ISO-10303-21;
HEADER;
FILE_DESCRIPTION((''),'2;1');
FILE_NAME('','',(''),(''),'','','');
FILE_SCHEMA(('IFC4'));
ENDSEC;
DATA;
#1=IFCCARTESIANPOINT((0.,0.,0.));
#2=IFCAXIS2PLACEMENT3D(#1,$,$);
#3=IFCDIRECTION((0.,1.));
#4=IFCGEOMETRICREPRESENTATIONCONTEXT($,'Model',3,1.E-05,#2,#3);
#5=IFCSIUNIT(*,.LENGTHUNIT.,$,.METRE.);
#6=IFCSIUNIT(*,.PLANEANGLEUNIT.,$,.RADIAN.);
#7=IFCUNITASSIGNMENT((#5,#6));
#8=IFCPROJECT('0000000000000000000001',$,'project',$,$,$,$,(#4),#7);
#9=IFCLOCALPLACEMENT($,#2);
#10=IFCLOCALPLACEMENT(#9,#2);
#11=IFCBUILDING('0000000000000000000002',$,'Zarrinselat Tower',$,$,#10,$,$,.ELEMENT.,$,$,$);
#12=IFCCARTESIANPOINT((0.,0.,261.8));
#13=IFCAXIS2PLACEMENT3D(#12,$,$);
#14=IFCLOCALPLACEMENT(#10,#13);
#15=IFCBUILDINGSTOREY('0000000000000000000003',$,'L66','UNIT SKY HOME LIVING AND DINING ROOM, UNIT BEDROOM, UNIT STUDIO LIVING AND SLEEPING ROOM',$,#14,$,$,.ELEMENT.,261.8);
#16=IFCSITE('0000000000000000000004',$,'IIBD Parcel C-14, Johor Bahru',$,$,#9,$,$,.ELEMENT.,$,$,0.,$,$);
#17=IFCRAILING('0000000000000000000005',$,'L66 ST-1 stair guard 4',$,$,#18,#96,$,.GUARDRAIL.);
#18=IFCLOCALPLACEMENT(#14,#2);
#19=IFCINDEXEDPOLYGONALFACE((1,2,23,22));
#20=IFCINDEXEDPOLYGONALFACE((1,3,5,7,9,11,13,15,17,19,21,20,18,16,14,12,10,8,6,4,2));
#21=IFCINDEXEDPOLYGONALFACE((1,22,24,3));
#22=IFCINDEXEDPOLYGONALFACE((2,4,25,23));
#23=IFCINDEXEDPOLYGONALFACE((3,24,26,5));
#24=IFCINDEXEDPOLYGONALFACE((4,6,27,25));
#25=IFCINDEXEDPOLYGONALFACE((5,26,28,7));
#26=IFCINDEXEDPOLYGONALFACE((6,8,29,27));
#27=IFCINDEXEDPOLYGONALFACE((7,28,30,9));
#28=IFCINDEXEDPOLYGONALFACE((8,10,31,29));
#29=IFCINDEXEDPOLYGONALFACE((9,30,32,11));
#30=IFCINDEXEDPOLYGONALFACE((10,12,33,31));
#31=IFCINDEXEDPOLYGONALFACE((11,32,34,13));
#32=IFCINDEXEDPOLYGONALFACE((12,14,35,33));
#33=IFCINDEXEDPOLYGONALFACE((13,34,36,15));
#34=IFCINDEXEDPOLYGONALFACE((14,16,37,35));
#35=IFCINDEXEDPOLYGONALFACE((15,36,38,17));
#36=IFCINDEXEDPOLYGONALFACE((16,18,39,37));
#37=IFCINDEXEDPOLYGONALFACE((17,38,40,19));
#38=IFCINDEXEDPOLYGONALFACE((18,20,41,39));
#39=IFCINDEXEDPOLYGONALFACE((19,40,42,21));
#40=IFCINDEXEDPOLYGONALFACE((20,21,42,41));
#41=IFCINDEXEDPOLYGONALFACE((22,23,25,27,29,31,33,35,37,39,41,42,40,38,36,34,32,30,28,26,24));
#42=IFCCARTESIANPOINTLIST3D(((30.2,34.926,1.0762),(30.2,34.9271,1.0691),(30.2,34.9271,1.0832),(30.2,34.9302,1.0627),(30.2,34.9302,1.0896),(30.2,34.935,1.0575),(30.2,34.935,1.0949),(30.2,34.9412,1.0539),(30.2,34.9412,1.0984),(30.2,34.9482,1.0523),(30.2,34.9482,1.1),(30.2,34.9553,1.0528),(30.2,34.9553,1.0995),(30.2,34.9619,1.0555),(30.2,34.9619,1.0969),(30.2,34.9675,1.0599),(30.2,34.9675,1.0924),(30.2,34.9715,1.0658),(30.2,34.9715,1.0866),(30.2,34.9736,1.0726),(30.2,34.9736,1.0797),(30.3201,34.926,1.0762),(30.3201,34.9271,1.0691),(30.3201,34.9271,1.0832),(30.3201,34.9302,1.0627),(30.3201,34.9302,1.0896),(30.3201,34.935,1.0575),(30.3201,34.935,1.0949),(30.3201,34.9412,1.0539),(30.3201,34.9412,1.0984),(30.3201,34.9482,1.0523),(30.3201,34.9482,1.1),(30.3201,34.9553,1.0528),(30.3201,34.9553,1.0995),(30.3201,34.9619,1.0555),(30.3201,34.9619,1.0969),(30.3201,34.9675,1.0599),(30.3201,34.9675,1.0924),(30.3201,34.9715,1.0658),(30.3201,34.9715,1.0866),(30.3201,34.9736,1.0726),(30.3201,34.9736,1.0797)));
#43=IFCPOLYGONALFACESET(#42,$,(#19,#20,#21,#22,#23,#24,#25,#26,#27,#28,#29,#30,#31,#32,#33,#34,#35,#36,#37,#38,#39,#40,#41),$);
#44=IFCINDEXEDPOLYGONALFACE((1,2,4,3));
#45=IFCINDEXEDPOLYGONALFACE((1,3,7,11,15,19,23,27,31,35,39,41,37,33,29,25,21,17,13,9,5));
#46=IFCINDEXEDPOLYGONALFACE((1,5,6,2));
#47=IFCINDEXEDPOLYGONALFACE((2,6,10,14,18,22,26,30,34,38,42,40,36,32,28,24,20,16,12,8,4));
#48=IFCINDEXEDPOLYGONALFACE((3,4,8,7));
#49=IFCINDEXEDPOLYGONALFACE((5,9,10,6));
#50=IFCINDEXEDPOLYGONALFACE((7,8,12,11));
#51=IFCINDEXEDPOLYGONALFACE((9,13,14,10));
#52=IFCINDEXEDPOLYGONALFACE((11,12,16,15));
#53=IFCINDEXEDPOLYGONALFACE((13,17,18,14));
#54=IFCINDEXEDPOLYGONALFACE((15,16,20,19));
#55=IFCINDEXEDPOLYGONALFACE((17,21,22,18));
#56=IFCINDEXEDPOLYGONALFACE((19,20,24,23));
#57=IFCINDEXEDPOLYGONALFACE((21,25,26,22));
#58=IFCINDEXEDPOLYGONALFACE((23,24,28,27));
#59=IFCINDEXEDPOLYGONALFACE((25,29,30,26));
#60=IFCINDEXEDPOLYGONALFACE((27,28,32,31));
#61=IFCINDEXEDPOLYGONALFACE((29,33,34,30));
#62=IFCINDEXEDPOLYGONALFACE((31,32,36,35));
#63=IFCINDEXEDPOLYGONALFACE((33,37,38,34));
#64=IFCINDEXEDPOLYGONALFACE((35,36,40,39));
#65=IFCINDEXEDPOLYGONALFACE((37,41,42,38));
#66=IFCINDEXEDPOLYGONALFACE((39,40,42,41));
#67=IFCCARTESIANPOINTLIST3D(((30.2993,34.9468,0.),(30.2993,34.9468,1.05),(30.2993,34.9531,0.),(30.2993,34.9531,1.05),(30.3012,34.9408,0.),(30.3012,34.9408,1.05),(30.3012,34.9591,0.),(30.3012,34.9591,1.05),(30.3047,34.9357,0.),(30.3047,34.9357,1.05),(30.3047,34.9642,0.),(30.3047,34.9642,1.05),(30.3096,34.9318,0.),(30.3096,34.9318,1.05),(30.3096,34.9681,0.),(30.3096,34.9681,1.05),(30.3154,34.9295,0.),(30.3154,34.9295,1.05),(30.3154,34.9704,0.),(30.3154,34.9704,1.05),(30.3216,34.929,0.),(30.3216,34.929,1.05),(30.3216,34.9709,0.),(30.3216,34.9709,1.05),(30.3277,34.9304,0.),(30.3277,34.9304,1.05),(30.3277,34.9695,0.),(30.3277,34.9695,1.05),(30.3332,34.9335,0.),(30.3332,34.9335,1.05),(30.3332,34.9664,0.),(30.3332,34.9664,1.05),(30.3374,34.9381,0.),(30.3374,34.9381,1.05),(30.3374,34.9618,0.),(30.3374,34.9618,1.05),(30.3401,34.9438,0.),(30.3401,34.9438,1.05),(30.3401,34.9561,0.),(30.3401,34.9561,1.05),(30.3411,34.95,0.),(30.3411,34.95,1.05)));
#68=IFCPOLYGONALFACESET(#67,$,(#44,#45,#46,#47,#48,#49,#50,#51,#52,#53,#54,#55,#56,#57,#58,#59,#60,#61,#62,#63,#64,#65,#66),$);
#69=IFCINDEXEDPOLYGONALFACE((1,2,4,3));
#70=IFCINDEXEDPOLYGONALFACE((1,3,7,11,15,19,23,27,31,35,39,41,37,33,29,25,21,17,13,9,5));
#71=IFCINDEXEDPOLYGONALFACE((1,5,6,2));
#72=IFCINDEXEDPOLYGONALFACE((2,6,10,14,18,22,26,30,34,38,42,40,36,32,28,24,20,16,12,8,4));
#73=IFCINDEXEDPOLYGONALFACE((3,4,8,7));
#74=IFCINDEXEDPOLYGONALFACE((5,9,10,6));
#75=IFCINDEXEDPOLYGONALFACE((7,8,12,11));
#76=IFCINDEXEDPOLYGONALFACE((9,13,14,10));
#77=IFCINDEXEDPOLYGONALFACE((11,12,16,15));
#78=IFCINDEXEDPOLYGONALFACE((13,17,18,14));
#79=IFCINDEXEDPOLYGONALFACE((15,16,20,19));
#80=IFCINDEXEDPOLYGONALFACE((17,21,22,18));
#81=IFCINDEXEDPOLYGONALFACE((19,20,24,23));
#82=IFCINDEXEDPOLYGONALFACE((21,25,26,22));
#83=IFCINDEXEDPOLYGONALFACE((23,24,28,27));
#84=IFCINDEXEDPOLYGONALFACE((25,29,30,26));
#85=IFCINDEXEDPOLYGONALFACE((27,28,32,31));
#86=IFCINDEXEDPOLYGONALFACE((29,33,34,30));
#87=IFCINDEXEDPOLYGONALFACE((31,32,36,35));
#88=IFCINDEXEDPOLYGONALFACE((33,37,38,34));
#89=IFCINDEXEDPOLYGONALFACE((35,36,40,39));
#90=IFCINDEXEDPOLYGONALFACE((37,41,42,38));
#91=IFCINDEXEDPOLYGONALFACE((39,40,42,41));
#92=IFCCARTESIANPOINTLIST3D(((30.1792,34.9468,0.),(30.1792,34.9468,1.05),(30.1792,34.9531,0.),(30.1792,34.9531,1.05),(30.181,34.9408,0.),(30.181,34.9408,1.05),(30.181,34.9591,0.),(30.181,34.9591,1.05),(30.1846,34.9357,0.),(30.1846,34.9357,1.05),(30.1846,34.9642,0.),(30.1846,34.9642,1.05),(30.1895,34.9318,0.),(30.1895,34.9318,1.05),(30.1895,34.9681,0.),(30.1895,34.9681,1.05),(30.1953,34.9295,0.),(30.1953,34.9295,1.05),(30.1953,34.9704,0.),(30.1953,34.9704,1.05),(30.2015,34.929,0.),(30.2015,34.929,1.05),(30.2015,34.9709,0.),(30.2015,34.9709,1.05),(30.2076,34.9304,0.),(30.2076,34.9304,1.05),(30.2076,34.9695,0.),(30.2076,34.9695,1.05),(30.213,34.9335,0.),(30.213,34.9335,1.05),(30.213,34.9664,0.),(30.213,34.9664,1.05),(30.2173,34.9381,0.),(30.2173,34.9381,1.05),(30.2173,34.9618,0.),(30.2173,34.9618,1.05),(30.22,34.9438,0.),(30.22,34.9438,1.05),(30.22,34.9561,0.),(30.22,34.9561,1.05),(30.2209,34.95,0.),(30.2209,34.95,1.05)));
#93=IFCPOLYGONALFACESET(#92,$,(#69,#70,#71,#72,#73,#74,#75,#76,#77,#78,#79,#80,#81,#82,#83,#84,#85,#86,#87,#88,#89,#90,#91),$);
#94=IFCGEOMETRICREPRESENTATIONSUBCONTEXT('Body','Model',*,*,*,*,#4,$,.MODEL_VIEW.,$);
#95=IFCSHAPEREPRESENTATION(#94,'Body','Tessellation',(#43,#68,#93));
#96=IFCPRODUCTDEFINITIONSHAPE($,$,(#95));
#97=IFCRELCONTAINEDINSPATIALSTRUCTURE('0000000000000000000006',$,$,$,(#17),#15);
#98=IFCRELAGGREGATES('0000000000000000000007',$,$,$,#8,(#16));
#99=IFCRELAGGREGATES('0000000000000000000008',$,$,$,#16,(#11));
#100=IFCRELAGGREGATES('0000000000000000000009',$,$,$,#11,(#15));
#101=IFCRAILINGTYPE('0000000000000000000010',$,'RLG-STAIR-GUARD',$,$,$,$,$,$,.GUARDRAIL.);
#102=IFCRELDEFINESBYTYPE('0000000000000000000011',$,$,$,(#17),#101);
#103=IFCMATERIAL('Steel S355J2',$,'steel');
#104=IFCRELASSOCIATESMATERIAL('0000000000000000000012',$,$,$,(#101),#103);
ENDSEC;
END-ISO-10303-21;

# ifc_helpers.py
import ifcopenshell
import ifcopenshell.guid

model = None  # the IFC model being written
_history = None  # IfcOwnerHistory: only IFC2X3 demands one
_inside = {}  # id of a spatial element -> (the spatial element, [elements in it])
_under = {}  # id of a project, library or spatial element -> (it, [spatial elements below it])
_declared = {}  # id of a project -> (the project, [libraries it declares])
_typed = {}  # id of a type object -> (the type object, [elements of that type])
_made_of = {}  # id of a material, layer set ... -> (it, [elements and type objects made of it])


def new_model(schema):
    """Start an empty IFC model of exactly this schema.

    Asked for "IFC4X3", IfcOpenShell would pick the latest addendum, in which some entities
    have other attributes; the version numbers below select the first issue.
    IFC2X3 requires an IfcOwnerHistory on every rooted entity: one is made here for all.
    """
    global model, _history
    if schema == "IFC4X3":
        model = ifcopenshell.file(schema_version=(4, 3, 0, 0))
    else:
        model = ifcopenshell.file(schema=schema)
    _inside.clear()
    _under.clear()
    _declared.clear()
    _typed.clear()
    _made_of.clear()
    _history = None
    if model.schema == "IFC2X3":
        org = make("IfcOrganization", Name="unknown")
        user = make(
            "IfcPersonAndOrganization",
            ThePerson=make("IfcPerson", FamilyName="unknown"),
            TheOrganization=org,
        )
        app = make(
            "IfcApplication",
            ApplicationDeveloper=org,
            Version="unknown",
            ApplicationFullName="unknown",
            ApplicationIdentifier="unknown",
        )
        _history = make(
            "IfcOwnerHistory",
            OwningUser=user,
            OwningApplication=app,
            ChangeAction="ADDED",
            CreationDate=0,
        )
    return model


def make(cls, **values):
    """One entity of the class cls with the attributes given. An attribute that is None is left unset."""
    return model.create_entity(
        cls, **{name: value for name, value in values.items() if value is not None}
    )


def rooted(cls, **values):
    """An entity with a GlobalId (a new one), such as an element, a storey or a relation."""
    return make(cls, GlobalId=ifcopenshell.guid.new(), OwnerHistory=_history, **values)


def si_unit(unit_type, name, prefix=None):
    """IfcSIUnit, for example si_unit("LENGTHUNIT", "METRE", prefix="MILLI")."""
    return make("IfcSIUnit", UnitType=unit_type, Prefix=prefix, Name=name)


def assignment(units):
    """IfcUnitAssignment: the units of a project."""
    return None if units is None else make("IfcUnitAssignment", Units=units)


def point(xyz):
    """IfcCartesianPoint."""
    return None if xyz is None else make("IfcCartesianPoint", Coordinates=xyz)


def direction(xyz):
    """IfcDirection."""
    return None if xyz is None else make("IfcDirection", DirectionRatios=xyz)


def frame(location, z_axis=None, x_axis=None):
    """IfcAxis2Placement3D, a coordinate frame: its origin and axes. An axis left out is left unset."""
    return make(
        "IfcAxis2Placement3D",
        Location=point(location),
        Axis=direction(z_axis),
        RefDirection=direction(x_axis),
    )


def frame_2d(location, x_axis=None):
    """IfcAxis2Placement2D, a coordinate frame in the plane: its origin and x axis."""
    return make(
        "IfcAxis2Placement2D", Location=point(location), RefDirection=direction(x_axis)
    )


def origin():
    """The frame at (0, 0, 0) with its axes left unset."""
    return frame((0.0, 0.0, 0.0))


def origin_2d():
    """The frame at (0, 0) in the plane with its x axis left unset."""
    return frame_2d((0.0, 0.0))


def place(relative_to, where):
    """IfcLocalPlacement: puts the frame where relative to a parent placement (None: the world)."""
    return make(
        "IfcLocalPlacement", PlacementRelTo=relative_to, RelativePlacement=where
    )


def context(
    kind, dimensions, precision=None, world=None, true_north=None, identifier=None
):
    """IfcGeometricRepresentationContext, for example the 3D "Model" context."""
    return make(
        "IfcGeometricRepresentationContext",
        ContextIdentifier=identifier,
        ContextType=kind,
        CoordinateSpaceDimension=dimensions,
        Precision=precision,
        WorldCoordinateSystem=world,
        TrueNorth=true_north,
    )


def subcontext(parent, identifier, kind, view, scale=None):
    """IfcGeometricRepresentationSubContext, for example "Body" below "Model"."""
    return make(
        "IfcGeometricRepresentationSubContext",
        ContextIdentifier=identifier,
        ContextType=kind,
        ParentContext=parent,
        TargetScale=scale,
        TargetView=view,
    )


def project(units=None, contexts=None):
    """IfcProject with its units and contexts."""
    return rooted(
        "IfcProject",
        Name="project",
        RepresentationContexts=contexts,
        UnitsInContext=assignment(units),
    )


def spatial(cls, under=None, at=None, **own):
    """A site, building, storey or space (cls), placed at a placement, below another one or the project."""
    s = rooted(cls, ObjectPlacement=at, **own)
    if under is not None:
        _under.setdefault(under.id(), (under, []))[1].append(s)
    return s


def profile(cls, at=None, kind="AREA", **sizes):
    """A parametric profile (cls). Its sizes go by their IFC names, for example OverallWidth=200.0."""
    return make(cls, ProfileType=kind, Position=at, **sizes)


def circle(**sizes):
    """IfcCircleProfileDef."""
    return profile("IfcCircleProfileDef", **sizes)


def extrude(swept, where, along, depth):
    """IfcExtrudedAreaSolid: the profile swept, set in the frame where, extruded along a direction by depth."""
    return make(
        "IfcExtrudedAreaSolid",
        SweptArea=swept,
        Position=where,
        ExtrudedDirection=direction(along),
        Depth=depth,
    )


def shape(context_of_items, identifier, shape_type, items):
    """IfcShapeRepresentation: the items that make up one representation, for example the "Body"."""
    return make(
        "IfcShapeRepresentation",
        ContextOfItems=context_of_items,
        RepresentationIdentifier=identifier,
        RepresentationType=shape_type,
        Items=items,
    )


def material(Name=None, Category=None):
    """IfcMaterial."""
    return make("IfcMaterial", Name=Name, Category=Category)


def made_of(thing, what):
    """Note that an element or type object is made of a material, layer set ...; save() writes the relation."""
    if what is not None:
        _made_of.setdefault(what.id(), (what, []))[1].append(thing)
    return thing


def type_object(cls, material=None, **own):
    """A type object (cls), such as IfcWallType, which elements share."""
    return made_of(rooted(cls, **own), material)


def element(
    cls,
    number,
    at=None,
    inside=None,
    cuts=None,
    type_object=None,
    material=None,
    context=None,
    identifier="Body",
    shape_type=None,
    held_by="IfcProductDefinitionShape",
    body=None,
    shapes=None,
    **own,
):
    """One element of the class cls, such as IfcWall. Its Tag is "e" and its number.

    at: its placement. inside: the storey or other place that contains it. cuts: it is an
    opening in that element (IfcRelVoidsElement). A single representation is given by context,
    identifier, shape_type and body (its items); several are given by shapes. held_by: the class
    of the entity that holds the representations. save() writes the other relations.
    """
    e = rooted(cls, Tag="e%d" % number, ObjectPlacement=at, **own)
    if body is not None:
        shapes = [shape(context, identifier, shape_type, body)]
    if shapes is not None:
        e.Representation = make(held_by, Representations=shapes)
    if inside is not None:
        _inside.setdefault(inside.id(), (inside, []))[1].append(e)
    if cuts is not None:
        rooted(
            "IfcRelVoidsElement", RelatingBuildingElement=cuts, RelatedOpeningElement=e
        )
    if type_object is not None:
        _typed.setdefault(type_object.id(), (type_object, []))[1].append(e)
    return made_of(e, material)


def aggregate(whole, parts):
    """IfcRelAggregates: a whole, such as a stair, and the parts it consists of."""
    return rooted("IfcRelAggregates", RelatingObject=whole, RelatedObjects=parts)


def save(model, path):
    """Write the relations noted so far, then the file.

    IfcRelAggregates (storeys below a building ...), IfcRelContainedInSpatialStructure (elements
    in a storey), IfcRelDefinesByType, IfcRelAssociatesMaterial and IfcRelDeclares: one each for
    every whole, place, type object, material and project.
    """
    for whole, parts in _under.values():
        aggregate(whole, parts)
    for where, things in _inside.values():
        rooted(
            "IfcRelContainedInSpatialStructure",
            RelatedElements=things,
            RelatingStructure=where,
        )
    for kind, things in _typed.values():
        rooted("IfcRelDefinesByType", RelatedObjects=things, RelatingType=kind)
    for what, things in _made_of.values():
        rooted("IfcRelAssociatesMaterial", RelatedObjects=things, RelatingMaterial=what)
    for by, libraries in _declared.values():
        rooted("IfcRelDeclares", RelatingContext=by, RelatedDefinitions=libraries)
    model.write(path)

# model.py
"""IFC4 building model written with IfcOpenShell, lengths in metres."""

from ifc_helpers import new_model, si_unit, direction, frame, origin, origin_2d, place, context, subcontext, project, spatial, circle, extrude, material, type_object, element, save


model = new_model("IFC4")

# Units and contexts
model_context = context("Model", 3, precision=1e-05, world=origin(), true_north=direction((0.0, 1.0)))
body_context = subcontext(model_context, "Body", "Model", "MODEL_VIEW")
ifc_project = project(units=[si_unit("LENGTHUNIT", "METRE"), si_unit("PLANEANGLEUNIT", "RADIAN")], contexts=[model_context])

# Site, building, storey
site_placement = place(None, origin())
site = spatial("IfcSite", under=ifc_project, at=site_placement, Name="IIBD Parcel C-14, Johor Bahru", CompositionType="ELEMENT", RefElevation=0.0)
building_placement = place(site_placement, origin())
building = spatial("IfcBuilding", under=site, at=building_placement, Name="Zarrinselat Tower", CompositionType="ELEMENT")
storey_placement = place(building_placement, frame((0.0, 0.0, 261.8)))
storey = spatial("IfcBuildingStorey", under=building, at=storey_placement, Name="L66", Description="UNIT SKY HOME LIVING AND DINING ROOM, UNIT BEDROOM, UNIT STUDIO LIVING AND SLEEPING ROOM", CompositionType="ELEMENT", Elevation=261.8)

# Railing
ifc_material_1 = material(Name="Steel S355J2", Category="steel")
railing_type_1 = type_object("IfcRailingType", Name="RLG-STAIR-GUARD", PredefinedType="GUARDRAIL", material=ifc_material_1)
railing_1_placement = place(storey_placement, frame((30.3201, 34.95, 0.0)))
element("IfcRailing", 1, at=railing_1_placement, inside=storey, type_object=railing_type_1, Name="L66 ST-1 stair guard 4", PredefinedType="GUARDRAIL", context=body_context, shape_type="SweptSolid", body=[
    extrude(circle(Radius=0.0239, at=origin_2d()), frame((0.0, 0.0, 1.0762), z_axis=(-1.0, 0.0, 0.0), x_axis=(0.0, -1.0, 0.0)), (0.0, 0.0, 1.0), 0.1201),
    extrude(circle(Radius=0.021, at=origin_2d()), origin(), (0.0, 0.0, 1.0), 1.05),
    extrude(circle(Radius=0.021, at=origin_2d()), frame((-0.1201, 0.0, 0.0)), (0.0, 0.0, 1.0), 1.05),
])

save(model, "model.ifc")
